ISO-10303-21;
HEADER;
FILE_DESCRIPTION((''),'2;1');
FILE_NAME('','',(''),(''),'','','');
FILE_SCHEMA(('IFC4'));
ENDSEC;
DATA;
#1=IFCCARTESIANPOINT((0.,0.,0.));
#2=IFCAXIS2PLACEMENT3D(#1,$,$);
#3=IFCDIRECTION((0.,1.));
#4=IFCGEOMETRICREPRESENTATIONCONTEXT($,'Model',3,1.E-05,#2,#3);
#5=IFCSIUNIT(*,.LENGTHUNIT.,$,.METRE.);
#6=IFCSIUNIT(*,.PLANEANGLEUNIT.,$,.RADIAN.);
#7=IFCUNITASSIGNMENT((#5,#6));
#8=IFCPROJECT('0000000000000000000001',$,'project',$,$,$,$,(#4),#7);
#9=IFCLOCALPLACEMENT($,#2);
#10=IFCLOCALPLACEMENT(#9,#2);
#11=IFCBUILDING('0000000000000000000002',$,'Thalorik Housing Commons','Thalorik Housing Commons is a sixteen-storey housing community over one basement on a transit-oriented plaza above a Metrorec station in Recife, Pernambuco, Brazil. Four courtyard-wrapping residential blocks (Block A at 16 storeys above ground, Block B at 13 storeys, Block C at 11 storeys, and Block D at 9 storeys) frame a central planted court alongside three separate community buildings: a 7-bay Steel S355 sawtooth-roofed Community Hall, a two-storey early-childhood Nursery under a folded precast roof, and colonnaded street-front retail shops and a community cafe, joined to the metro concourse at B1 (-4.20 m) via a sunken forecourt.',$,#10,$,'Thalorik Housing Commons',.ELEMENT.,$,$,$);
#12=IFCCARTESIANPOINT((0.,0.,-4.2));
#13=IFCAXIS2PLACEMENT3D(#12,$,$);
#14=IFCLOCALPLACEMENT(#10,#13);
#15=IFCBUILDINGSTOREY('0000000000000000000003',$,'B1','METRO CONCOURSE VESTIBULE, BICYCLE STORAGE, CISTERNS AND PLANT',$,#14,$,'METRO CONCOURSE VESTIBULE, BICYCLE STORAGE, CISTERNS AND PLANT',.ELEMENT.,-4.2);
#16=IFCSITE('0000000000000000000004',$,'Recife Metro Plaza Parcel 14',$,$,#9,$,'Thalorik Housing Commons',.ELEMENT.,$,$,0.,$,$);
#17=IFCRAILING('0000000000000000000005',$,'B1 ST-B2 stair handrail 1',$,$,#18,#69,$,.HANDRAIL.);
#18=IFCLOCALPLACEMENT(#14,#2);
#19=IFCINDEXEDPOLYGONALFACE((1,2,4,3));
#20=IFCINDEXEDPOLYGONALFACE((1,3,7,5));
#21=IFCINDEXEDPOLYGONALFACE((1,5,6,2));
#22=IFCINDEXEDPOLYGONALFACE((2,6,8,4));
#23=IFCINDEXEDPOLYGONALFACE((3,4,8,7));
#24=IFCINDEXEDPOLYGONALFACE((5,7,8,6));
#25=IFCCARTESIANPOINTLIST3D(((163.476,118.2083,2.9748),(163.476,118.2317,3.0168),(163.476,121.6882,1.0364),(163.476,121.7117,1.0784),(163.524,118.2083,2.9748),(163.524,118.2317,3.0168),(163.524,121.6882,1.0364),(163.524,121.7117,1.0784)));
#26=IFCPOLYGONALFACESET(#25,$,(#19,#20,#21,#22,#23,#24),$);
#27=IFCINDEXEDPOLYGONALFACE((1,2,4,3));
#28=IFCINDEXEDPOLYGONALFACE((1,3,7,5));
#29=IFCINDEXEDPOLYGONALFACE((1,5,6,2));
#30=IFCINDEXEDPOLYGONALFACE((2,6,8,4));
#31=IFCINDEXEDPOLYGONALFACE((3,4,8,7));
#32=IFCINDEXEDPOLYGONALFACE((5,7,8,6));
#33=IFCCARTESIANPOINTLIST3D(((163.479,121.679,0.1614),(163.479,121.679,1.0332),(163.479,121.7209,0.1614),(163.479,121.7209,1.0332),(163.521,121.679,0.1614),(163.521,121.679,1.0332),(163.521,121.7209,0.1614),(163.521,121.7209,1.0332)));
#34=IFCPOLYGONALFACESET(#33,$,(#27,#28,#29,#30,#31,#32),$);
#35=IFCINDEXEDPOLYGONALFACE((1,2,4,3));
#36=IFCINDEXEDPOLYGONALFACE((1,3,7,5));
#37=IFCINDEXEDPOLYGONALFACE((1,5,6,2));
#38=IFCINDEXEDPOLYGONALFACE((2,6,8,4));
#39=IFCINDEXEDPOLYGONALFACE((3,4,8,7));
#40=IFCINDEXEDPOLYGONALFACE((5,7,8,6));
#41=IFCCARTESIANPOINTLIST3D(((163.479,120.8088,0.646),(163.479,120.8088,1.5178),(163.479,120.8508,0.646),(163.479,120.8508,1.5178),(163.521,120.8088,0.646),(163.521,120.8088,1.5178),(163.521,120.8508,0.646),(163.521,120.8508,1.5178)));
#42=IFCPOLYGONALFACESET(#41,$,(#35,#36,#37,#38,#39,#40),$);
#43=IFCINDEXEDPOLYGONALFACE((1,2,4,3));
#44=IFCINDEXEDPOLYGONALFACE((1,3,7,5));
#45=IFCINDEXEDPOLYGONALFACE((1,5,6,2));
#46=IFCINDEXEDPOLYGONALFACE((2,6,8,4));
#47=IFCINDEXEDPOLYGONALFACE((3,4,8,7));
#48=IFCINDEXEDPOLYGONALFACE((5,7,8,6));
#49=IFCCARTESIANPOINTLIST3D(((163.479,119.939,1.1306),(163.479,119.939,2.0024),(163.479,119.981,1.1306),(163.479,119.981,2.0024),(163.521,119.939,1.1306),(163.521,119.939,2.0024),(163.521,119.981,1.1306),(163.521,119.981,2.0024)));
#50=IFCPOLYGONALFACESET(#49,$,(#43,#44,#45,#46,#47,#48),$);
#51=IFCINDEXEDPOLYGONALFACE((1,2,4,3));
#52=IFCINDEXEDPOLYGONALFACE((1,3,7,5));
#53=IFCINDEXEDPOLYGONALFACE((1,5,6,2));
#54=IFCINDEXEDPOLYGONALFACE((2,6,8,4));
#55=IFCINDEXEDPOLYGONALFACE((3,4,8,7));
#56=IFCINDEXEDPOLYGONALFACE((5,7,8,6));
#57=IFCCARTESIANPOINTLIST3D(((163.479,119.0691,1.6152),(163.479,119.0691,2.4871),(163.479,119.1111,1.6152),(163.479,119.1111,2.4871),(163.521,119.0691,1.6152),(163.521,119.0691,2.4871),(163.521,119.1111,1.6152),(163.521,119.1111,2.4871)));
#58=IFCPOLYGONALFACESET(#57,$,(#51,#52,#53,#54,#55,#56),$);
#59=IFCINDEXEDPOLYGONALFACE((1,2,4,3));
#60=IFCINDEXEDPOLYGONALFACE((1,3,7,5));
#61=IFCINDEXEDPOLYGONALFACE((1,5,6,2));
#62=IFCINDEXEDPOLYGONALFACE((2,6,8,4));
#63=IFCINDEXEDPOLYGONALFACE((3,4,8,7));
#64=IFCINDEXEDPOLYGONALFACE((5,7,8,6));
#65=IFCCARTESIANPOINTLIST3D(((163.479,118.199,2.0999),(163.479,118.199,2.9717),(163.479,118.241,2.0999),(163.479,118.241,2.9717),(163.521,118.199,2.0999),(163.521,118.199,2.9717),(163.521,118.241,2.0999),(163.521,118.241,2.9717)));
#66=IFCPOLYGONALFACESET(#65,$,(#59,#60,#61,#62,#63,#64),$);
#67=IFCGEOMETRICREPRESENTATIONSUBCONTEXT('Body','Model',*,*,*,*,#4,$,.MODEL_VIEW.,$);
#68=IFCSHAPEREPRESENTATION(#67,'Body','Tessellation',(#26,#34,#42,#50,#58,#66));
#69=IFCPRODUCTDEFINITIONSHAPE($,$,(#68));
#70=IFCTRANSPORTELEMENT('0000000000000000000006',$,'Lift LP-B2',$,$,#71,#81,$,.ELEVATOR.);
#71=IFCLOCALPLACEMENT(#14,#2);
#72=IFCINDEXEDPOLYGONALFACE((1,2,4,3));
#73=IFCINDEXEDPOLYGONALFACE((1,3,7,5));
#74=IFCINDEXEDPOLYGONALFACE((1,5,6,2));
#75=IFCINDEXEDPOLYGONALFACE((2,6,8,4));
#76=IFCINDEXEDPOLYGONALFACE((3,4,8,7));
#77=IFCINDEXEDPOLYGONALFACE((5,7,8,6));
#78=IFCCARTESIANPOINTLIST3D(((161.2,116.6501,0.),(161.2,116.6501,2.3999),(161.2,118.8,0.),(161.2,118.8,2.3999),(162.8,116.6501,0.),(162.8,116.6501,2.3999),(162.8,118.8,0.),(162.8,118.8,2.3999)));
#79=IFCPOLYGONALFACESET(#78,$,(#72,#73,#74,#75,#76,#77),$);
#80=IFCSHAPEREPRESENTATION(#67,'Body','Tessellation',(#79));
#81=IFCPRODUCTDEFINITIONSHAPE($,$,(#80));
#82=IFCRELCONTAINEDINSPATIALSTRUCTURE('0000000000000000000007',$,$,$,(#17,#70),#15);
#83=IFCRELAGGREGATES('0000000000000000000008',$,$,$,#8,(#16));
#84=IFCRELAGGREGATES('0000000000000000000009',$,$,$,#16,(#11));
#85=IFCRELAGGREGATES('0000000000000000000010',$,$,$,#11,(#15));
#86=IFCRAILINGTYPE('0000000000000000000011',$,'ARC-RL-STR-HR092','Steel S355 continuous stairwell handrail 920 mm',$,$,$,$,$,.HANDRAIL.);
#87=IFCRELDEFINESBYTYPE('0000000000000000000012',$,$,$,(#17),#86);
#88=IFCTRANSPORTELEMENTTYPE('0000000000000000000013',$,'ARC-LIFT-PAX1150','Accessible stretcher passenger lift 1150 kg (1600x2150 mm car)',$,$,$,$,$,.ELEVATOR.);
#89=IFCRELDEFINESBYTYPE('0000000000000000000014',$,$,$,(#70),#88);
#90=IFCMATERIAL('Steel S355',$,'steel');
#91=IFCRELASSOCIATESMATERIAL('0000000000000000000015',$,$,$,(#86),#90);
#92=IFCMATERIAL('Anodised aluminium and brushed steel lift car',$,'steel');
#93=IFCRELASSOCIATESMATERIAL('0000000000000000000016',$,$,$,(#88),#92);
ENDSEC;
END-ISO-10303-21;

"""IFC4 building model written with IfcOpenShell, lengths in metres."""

from ifc_helpers import new_model, si_unit, direction, frame, origin, origin_2d, place, context, subcontext, project, spatial, rectangle, extrude, material, type_object, element, save


model = new_model("IFC4")

# Units and contexts
model_context = context("Model", 3, precision=1e-05, world=origin(), true_north=direction((0.0, 1.0)))
body_context = subcontext(model_context, "Body", "Model", "MODEL_VIEW")
ifc_project = project(units=[si_unit("LENGTHUNIT", "METRE"), si_unit("PLANEANGLEUNIT", "RADIAN")], contexts=[model_context])

# Site, building, storey
site_placement = place(None, origin())
site = spatial("IfcSite", under=ifc_project, at=site_placement, Name="Recife Metro Plaza Parcel 14", LongName="Thalorik Housing Commons", CompositionType="ELEMENT", RefElevation=0.0)
building_placement = place(site_placement, origin())
building = spatial("IfcBuilding", under=site, at=building_placement, Name="Thalorik Housing Commons", Description="Thalorik Housing Commons is a sixteen-storey housing community over one basement on a transit-oriented plaza above a Metrorec station in Recife, Pernambuco, Brazil. Four courtyard-wrapping residential blocks (Block A at 16 storeys above ground, Block B at 13 storeys, Block C at 11 storeys, and Block D at 9 storeys) frame a central planted court alongside three separate community buildings: a 7-bay Steel S355 sawtooth-roofed Community Hall, a two-storey early-childhood Nursery under a folded precast roof, and colonnaded street-front retail shops and a community cafe, joined to the metro concourse at B1 (-4.20 m) via a sunken forecourt.", LongName="Thalorik Housing Commons", CompositionType="ELEMENT")
storey_placement = place(building_placement, frame((0.0, 0.0, -4.2)))
storey = spatial("IfcBuildingStorey", under=building, at=storey_placement, Name="B1", Description="METRO CONCOURSE VESTIBULE, BICYCLE STORAGE, CISTERNS AND PLANT", LongName="METRO CONCOURSE VESTIBULE, BICYCLE STORAGE, CISTERNS AND PLANT", CompositionType="ELEMENT", Elevation=-4.2)

# Shared definitions
ifc_material_1 = material(Name="Steel S355", Category="steel")

# Railing
railing_type_1 = type_object("IfcRailingType", Name="ARC-RL-STR-HR092", Description="Steel S355 continuous stairwell handrail 920 mm", PredefinedType="HANDRAIL", material=ifc_material_1)
railing_1_placement = place(storey_placement, frame((163.5, 121.7, 0.1614)))
element("IfcRailing", 1, at=railing_1_placement, inside=storey, type_object=railing_type_1, Name="B1 ST-B2 stair handrail 1", PredefinedType="HANDRAIL", context=body_context, shape_type="SweptSolid", body=[
    extrude(rectangle(XDim=0.0481, YDim=0.0481, at=origin_2d()), frame((0.0, 0.0, 0.896), z_axis=(0.0, -0.873607, 0.486631), x_axis=(1.0, 0.0, 0.0)), (0.0, 0.0, 1.0), 3.9834),
    extrude(rectangle(XDim=0.042, YDim=0.042, at=origin_2d()), origin(), (0.0, 0.0, 1.0), 0.8718),
    extrude(rectangle(XDim=0.042, YDim=0.042, at=origin_2d()), frame((0.0, -0.8701, 0.4846)), (0.0, 0.0, 1.0), 0.8718),
    extrude(rectangle(XDim=0.042, YDim=0.042, at=origin_2d()), frame((0.0, -1.74, 0.9692)), (0.0, 0.0, 1.0), 0.8718),
    extrude(rectangle(XDim=0.042, YDim=0.042, at=origin_2d()), frame((0.0, -2.6099, 1.4539)), (0.0, 0.0, 1.0), 0.8718),
    extrude(rectangle(XDim=0.042, YDim=0.042, at=origin_2d()), frame((0.0, -3.48, 1.9385)), (0.0, 0.0, 1.0), 0.8718),
])

# Transport element
ifc_material_2 = material(Name="Anodised aluminium and brushed steel lift car", Category="steel")
transport_element_type = type_object("IfcTransportElementType", Name="ARC-LIFT-PAX1150", Description="Accessible stretcher passenger lift 1150 kg (1600x2150 mm car)", PredefinedType="ELEVATOR", material=ifc_material_2)
transport_element_placement = place(storey_placement, frame((162.0, 117.7251, 0.0), z_axis=(0.0, 0.0, 1.0), x_axis=(1.0, 0.0, 0.0)))
element("IfcTransportElement", 2, at=transport_element_placement, inside=storey, type_object=transport_element_type, Name="Lift LP-B2", PredefinedType="ELEVATOR", context=body_context, shape_type="SweptSolid", body=[
    extrude(rectangle(XDim=1.6001, YDim=2.1499, at=origin_2d()), origin(), (0.0, 0.0, 1.0), 2.3999),
])

save(model, "model.ifc")
